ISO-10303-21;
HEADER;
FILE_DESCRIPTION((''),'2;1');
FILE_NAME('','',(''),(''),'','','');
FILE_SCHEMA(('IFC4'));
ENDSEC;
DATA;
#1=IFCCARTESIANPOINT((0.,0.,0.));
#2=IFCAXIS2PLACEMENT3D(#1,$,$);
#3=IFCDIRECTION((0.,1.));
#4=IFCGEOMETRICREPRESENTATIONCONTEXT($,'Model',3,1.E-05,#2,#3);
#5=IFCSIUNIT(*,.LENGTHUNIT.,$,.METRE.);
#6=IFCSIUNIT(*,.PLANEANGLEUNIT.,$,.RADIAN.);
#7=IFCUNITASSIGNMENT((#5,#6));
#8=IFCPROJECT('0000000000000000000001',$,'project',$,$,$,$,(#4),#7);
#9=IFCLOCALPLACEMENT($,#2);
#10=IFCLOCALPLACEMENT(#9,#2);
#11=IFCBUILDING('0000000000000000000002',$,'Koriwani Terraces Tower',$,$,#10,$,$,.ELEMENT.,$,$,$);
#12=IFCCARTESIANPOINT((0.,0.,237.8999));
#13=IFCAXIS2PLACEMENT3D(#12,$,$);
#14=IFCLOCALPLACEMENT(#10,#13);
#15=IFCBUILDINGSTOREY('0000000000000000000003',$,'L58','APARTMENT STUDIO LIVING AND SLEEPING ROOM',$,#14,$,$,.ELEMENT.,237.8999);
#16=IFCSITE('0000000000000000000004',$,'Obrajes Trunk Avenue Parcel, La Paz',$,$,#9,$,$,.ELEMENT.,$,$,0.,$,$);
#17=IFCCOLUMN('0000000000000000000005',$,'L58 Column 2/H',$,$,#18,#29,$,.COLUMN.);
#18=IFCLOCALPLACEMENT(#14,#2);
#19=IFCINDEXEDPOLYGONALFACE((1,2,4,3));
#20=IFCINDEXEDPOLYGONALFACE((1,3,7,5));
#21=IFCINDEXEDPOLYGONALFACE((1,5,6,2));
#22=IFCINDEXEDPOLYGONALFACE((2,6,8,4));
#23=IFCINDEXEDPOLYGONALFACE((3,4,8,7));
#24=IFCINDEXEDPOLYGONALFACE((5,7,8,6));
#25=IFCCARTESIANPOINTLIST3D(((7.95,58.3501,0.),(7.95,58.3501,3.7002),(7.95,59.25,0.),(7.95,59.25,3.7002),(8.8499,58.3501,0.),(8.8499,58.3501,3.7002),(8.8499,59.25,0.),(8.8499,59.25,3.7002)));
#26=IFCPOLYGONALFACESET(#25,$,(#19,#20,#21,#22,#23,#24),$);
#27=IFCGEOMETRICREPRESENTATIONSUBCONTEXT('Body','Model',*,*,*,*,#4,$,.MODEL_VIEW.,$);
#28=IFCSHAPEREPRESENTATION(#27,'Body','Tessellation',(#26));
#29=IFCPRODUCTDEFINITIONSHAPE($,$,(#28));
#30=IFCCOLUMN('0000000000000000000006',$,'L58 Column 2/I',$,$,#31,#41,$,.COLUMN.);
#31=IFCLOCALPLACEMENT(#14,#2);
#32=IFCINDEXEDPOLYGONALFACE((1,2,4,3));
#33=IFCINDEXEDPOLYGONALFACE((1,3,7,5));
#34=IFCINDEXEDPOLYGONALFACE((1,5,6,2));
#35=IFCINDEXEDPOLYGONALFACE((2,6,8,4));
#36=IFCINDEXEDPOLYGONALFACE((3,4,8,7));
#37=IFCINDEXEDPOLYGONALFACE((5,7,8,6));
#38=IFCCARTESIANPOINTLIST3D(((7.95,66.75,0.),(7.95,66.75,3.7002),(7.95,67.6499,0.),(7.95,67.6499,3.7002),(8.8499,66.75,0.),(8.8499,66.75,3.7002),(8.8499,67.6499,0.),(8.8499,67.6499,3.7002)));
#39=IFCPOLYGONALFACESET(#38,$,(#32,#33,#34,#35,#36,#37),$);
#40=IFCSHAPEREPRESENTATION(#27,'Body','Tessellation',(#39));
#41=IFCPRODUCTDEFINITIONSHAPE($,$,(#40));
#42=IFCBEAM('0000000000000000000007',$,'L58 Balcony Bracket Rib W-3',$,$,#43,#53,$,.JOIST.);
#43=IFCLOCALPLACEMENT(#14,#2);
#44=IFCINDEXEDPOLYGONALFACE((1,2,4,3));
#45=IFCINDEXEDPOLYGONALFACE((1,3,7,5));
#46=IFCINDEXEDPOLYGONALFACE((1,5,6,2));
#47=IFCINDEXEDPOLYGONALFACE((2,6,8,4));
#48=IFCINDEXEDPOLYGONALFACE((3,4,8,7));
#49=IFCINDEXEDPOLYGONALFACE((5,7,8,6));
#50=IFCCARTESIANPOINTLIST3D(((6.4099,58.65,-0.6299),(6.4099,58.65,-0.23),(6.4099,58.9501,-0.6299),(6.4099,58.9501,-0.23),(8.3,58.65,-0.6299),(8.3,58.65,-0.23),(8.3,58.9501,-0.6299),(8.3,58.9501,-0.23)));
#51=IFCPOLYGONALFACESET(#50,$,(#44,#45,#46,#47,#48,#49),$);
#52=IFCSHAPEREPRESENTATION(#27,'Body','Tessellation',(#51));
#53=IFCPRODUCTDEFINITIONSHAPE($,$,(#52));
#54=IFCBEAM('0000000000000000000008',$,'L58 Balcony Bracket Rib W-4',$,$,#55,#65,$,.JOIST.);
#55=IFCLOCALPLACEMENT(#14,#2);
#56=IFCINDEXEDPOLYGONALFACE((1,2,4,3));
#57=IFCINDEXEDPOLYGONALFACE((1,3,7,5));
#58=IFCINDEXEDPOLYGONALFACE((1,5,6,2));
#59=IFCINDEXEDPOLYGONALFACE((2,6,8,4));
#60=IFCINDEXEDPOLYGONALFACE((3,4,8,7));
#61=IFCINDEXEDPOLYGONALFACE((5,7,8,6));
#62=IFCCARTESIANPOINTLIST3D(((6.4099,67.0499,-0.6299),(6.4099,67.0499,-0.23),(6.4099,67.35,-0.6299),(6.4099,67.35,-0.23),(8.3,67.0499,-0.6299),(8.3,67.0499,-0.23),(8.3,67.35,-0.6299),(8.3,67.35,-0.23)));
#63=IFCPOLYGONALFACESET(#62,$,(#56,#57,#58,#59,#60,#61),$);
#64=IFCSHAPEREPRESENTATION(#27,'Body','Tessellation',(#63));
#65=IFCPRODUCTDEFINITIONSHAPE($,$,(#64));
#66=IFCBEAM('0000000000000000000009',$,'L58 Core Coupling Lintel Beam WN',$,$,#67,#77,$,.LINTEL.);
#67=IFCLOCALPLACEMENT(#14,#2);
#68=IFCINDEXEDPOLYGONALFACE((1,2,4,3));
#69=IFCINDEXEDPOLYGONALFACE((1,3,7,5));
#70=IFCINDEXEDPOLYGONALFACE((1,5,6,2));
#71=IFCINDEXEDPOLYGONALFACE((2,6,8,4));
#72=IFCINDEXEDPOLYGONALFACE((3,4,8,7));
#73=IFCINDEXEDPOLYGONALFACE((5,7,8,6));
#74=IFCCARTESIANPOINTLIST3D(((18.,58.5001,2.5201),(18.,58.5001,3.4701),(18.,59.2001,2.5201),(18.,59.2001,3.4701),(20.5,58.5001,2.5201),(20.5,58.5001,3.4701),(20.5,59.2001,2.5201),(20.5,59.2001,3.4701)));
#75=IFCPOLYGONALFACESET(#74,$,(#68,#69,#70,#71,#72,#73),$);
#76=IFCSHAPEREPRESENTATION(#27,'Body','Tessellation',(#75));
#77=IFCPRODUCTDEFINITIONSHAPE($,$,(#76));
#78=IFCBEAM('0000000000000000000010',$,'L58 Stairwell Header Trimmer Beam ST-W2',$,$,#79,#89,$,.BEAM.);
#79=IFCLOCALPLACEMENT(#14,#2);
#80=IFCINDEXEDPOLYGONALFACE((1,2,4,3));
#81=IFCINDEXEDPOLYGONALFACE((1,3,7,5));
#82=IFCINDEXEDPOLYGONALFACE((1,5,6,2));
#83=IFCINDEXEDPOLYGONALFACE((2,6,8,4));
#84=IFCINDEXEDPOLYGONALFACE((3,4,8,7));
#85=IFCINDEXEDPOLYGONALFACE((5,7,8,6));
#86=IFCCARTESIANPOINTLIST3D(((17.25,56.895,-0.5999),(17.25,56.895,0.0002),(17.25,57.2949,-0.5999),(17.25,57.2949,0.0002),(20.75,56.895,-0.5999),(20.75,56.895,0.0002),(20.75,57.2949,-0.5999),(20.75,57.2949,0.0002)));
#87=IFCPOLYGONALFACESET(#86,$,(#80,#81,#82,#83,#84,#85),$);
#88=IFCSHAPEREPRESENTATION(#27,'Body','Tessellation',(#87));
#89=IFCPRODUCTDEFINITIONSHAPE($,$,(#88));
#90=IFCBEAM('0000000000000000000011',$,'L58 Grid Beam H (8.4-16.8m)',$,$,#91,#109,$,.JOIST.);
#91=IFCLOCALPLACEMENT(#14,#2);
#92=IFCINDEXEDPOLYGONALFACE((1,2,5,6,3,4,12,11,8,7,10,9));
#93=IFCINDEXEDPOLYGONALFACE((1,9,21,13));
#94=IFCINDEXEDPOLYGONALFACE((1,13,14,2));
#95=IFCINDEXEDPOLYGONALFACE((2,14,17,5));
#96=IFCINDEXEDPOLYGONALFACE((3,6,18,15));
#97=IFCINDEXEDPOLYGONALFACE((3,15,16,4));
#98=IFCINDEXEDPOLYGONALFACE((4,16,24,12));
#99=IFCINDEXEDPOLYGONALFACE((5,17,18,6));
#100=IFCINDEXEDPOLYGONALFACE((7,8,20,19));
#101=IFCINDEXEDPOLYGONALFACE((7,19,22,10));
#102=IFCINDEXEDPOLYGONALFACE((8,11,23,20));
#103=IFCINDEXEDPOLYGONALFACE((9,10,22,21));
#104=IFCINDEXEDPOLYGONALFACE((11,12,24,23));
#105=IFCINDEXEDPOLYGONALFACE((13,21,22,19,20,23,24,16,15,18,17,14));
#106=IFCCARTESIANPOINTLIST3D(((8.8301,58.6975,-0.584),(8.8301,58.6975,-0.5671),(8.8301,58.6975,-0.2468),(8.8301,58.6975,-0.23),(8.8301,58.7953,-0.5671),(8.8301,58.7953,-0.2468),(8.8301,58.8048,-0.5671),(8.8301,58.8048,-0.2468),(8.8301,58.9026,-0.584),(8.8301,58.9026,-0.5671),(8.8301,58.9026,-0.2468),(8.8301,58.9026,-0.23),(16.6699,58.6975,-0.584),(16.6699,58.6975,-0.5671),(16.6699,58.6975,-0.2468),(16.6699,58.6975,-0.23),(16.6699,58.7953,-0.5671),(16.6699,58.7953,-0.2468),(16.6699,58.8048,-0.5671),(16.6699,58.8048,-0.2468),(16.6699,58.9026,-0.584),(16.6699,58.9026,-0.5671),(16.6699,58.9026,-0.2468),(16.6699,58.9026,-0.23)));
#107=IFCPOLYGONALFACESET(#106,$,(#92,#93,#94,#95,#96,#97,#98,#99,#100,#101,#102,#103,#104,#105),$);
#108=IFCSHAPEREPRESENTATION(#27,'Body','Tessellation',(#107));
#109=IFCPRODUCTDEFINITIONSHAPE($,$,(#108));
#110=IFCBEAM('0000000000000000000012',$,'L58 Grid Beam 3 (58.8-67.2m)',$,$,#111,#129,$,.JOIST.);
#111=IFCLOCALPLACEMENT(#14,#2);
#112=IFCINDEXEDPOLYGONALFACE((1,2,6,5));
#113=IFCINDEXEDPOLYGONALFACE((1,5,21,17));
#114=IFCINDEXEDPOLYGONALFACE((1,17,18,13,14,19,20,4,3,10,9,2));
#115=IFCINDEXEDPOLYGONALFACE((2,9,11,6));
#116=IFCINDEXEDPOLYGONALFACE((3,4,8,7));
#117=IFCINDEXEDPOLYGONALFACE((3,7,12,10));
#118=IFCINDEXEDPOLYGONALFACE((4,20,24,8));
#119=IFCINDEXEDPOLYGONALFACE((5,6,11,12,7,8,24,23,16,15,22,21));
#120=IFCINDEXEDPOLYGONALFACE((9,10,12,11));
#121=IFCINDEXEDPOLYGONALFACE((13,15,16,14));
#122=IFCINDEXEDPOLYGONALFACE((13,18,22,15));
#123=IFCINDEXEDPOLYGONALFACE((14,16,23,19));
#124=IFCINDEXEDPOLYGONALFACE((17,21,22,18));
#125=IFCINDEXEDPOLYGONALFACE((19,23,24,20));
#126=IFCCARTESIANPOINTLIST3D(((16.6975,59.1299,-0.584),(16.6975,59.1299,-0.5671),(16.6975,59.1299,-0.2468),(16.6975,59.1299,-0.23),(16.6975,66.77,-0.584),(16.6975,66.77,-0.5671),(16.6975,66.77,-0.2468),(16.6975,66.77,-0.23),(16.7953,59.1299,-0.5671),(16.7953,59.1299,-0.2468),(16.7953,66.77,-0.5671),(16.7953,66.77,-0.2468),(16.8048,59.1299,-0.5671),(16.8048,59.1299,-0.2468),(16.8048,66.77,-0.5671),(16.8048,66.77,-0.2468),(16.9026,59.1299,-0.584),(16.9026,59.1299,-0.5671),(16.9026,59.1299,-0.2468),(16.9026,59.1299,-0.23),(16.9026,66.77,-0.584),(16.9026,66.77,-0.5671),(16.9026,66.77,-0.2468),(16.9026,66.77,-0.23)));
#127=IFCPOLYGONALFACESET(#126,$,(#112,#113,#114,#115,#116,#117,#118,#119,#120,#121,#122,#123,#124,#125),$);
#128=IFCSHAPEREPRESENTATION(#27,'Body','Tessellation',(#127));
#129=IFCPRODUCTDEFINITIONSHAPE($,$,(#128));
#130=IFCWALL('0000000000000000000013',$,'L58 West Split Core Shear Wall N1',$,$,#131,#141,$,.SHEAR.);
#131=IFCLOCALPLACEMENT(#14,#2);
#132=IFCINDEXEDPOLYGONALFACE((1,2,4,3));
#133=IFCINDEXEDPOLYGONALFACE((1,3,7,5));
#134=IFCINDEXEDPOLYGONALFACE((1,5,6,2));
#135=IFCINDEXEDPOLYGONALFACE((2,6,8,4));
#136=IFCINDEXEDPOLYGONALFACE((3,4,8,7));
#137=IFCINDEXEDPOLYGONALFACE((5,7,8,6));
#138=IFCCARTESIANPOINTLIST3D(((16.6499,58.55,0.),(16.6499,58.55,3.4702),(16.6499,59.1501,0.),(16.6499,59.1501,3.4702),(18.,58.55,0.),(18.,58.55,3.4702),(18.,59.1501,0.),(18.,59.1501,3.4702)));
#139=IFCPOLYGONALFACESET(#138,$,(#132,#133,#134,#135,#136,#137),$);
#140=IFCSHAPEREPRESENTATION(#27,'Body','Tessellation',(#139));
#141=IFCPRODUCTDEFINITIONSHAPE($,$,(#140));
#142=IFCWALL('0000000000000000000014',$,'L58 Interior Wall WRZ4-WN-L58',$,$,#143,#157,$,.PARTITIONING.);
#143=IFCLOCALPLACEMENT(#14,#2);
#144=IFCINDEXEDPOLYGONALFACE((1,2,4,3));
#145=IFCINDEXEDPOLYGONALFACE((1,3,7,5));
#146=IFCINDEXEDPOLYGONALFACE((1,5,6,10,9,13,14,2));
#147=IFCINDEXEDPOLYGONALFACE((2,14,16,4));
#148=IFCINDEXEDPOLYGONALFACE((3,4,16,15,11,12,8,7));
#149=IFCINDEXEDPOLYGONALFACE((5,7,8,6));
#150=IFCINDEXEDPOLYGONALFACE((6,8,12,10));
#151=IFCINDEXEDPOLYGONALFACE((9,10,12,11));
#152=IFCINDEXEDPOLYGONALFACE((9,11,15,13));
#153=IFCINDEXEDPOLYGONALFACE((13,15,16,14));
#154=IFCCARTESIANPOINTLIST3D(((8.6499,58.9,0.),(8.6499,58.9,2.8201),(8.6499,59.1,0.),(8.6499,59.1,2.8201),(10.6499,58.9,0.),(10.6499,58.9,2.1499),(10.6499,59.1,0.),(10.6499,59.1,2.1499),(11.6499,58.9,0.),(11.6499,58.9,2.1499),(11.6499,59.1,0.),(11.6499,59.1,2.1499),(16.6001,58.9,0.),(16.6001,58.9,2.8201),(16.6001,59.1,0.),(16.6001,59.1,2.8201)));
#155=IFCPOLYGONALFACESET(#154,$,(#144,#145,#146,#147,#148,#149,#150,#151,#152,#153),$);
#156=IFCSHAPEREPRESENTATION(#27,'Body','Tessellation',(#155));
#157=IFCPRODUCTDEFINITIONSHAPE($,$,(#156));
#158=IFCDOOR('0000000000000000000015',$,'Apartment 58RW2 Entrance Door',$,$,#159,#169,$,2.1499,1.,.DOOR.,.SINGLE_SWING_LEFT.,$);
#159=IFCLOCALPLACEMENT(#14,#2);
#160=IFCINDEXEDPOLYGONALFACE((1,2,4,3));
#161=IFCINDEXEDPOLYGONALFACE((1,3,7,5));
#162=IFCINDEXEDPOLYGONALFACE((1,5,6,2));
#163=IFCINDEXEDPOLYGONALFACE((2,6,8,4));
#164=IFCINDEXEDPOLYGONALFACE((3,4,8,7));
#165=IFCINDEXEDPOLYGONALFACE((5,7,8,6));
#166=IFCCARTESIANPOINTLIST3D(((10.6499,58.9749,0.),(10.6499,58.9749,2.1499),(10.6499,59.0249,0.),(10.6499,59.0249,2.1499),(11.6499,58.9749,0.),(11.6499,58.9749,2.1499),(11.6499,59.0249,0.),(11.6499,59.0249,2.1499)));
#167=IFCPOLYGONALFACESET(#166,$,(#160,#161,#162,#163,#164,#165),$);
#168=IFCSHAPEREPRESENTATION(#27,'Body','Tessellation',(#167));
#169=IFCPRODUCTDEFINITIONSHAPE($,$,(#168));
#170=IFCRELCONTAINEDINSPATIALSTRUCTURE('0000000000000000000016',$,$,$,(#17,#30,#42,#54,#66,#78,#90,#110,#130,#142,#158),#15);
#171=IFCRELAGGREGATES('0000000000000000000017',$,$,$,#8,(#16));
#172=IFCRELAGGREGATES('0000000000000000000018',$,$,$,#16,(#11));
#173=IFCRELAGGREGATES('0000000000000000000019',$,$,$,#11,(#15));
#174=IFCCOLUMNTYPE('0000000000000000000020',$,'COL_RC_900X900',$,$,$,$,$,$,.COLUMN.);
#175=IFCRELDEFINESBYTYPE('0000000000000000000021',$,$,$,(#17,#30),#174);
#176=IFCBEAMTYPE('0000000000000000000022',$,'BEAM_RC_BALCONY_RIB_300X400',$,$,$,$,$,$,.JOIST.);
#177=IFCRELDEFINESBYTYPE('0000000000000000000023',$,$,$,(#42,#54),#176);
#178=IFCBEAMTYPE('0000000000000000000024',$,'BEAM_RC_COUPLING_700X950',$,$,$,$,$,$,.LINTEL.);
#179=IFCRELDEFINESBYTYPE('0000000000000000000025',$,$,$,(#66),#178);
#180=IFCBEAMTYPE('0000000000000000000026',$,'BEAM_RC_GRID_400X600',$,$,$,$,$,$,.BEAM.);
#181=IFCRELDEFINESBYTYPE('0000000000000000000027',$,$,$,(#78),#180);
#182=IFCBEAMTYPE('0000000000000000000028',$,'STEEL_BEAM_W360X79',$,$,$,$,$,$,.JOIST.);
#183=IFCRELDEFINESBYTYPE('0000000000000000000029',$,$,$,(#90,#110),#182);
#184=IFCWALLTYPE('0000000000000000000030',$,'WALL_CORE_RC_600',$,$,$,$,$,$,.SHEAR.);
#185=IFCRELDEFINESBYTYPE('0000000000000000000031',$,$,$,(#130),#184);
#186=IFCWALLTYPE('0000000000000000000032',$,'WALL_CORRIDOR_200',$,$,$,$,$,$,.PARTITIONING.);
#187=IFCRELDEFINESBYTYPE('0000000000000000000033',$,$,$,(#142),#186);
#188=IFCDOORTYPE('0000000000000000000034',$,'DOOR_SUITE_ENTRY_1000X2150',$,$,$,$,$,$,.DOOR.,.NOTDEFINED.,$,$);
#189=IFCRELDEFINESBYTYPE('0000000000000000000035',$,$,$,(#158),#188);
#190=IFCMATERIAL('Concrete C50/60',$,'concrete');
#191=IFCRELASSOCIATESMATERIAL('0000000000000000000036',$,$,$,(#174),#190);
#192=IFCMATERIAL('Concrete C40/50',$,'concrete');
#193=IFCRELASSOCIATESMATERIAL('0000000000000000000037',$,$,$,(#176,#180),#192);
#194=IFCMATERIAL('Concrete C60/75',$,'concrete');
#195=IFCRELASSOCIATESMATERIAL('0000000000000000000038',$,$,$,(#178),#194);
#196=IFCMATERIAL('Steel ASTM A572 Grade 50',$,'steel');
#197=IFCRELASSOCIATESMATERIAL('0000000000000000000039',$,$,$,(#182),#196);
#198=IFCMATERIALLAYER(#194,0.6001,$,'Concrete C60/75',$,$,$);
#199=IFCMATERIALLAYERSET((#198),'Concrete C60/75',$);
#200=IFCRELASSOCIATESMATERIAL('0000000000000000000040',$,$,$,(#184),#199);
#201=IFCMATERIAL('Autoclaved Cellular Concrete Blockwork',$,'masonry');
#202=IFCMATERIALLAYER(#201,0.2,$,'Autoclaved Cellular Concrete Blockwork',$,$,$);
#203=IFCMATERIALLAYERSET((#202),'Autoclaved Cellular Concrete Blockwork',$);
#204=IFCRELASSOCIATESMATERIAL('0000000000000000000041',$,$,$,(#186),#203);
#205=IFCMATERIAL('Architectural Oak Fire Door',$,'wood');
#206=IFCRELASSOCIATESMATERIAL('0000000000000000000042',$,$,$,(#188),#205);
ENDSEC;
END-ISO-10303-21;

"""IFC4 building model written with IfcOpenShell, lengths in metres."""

from ifc_helpers import new_model, si_unit, direction, frame, frame_2d, origin, origin_2d, place, context, subcontext, project, spatial, rectangle, i_section, extrude, material, layer, layer_set, material_profile, profile_set, type_object, element, fill, save


model = new_model("IFC4")

# Units and contexts
model_context = context("Model", 3, precision=1e-05, world=origin(), true_north=direction((0.0, 1.0)))
body_context = subcontext(model_context, "Body", "Model", "MODEL_VIEW")
ifc_project = project(units=[si_unit("LENGTHUNIT", "METRE"), si_unit("PLANEANGLEUNIT", "RADIAN")], contexts=[model_context])

# Site, building, storey
site_placement = place(None, origin())
site = spatial("IfcSite", under=ifc_project, at=site_placement, Name="Obrajes Trunk Avenue Parcel, La Paz", CompositionType="ELEMENT", RefElevation=0.0)
building_placement = place(site_placement, origin())
building = spatial("IfcBuilding", under=site, at=building_placement, Name="Koriwani Terraces Tower", CompositionType="ELEMENT")
storey_placement = place(building_placement, frame((0.0, 0.0, 237.8999)))
storey = spatial("IfcBuildingStorey", under=building, at=storey_placement, Name="L58", Description="APARTMENT STUDIO LIVING AND SLEEPING ROOM", CompositionType="ELEMENT", Elevation=237.8999)

# Columns
ifc_material_1 = material(Name="Concrete C50/60", Category="concrete")
ifc_material_profile_1 = material_profile(ifc_material_1, rectangle(XDim=0.8999, YDim=0.8999, at=origin_2d()), Name="Concrete C50/60", Category="LoadBearing")
ifc_profile_set_1 = profile_set([ifc_material_profile_1], Name="Concrete C50/60")
column_type = type_object("IfcColumnType", Name="COL_RC_900X900", PredefinedType="COLUMN", material=ifc_profile_set_1)
for number, where, z_axis, x_axis, name in (
    (1, (8.3999, 58.8, 0.0), (0.0, 0.0, 1.0), (1.0, 0.0, 0.0), "L58 Column 2/H"),
    (2, (8.3999, 67.2, 0.0), (0.0, 0.0, 1.0), (1.0, 0.0, 0.0), "L58 Column 2/I"),
):
    element("IfcColumn", number, at=place(storey_placement, frame(where, z_axis=z_axis, x_axis=x_axis)), inside=storey, type_object=column_type, Name=name, PredefinedType="COLUMN", context=body_context, shape_type="SweptSolid", body=[
        extrude(rectangle(XDim=0.8999, YDim=0.8999, at=origin_2d()), origin(), (0.0, 0.0, 1.0), 3.7002),
    ])

# Beams
ifc_material_2 = material(Name="Concrete C40/50", Category="concrete")
ifc_material_profile_2 = material_profile(ifc_material_2, rectangle(XDim=0.3, YDim=0.3999, at=origin_2d()), Name="Concrete C40/50", Category="LoadBearing")
ifc_profile_set_2 = profile_set([ifc_material_profile_2], Name="Concrete C40/50")
beam_type_1 = type_object("IfcBeamType", Name="BEAM_RC_BALCONY_RIB_300X400", PredefinedType="JOIST", material=ifc_profile_set_2)
for number, where, z_axis, x_axis, name in (
    (3, (6.4099, 58.8, -0.4299), (1.0, 0.0, 0.0), (0.0, 1.0, 0.0), "L58 Balcony Bracket Rib W-3"),
    (4, (6.4099, 67.2, -0.4299), (1.0, 0.0, 0.0), (0.0, 1.0, 0.0), "L58 Balcony Bracket Rib W-4"),
):
    element("IfcBeam", number, at=place(storey_placement, frame(where, z_axis=z_axis, x_axis=x_axis)), inside=storey, type_object=beam_type_1, Name=name, PredefinedType="JOIST", context=body_context, shape_type="SweptSolid", body=[
        extrude(rectangle(XDim=0.3, YDim=0.3999, at=origin_2d()), origin(), (0.0, 0.0, 1.0), 1.8901),
    ])
ifc_material_3 = material(Name="Concrete C60/75", Category="concrete")
ifc_material_profile_3 = material_profile(ifc_material_3, rectangle(XDim=0.7, YDim=0.95, at=origin_2d()), Name="Concrete C60/75", Category="LoadBearing")
ifc_profile_set_3 = profile_set([ifc_material_profile_3], Name="Concrete C60/75")
beam_type_2 = type_object("IfcBeamType", Name="BEAM_RC_COUPLING_700X950", PredefinedType="LINTEL", material=ifc_profile_set_3)
beam_1_placement = place(storey_placement, frame((18.0, 58.8501, 2.9951), z_axis=(1.0, 0.0, 0.0), x_axis=(0.0, 1.0, 0.0)))
element("IfcBeam", 5, at=beam_1_placement, inside=storey, type_object=beam_type_2, Name="L58 Core Coupling Lintel Beam WN", PredefinedType="LINTEL", context=body_context, shape_type="SweptSolid", body=[
    extrude(rectangle(XDim=0.7, YDim=0.95, at=origin_2d()), origin(), (0.0, 0.0, 1.0), 2.5),
])
ifc_material_profile_4 = material_profile(ifc_material_2, rectangle(XDim=0.3999, YDim=0.6001, at=origin_2d()), Name="Concrete C40/50", Category="LoadBearing")
ifc_profile_set_4 = profile_set([ifc_material_profile_4], Name="Concrete C40/50")
beam_type_3 = type_object("IfcBeamType", Name="BEAM_RC_GRID_400X600", PredefinedType="BEAM", material=ifc_profile_set_4)
beam_2_placement = place(storey_placement, frame((17.25, 57.095, -0.2998), z_axis=(1.0, 0.0, 0.0), x_axis=(0.0, 1.0, 0.0)))
element("IfcBeam", 6, at=beam_2_placement, inside=storey, type_object=beam_type_3, Name="L58 Stairwell Header Trimmer Beam ST-W2", PredefinedType="BEAM", context=body_context, shape_type="SweptSolid", body=[
    extrude(rectangle(XDim=0.3999, YDim=0.6001, at=origin_2d()), origin(), (0.0, 0.0, 1.0), 3.5),
])
ifc_material_4 = material(Name="Steel ASTM A572 Grade 50", Category="steel")
ifc_material_profile_5 = material_profile(ifc_material_4, i_section(OverallWidth=0.2051, OverallDepth=0.354, WebThickness=0.0095, FlangeThickness=0.0168, at=origin_2d()), Name="Steel ASTM A572 Grade 50", Category="LoadBearing")
ifc_profile_set_5 = profile_set([ifc_material_profile_5], Name="Steel ASTM A572 Grade 50")
beam_type_4 = type_object("IfcBeamType", Name="STEEL_BEAM_W360X79", PredefinedType="JOIST", material=ifc_profile_set_5)
beam_3_placement = place(storey_placement, frame((8.8301, 58.8, -0.407), z_axis=(1.0, 0.0, 0.0), x_axis=(0.0, 1.0, 0.0)))
element("IfcBeam", 7, at=beam_3_placement, inside=storey, type_object=beam_type_4, Name="L58 Grid Beam H (8.4-16.8m)", PredefinedType="JOIST", context=body_context, shape_type="SweptSolid", body=[
    extrude(i_section(OverallWidth=0.2051, OverallDepth=0.354, WebThickness=0.0095, FlangeThickness=0.0168, at=origin_2d()), origin(), (0.0, 0.0, 1.0), 7.8398),
])
beam_4_placement = place(storey_placement, frame((16.8, 59.1299, -0.407), z_axis=(0.0, 1.0, 0.0), x_axis=(-1.0, 0.0, 0.0)))
element("IfcBeam", 8, at=beam_4_placement, inside=storey, type_object=beam_type_4, Name="L58 Grid Beam 3 (58.8-67.2m)", PredefinedType="JOIST", context=body_context, shape_type="SweptSolid", body=[
    extrude(i_section(OverallWidth=0.2051, OverallDepth=0.354, WebThickness=0.0095, FlangeThickness=0.0168, at=origin_2d()), origin(), (0.0, 0.0, 1.0), 7.6401),
])

# Wall
ifc_layer_1 = layer(ifc_material_3, 0.6001, Name="Concrete C60/75")
ifc_layer_set_1 = layer_set([ifc_layer_1], Name="Concrete C60/75")
wall_type_1 = type_object("IfcWallType", Name="WALL_CORE_RC_600", PredefinedType="SHEAR", material=ifc_layer_set_1)
wall_1_placement = place(storey_placement, frame((16.6499, 58.8501, 0.0), z_axis=(0.0, 0.0, 1.0), x_axis=(1.0, 0.0, 0.0)))
element("IfcWall", 9, at=wall_1_placement, inside=storey, type_object=wall_type_1, Name="L58 West Split Core Shear Wall N1", PredefinedType="SHEAR", context=body_context, shape_type="SweptSolid", body=[
    extrude(rectangle(XDim=1.3501, YDim=0.6001, at=frame_2d((0.675, 0.0))), origin(), (0.0, 0.0, 1.0), 3.4702),
])

# Wall, opening, door
ifc_material_5 = material(Name="Autoclaved Cellular Concrete Blockwork", Category="masonry")
ifc_layer_2 = layer(ifc_material_5, 0.2, Name="Autoclaved Cellular Concrete Blockwork")
ifc_layer_set_2 = layer_set([ifc_layer_2], Name="Autoclaved Cellular Concrete Blockwork")
wall_type_2 = type_object("IfcWallType", Name="WALL_CORRIDOR_200", PredefinedType="PARTITIONING", material=ifc_layer_set_2)
wall_2_placement = place(storey_placement, frame((8.6499, 59.0, 0.0), z_axis=(0.0, 0.0, 1.0), x_axis=(1.0, 0.0, 0.0)))
wall_2 = element("IfcWall", 10, at=wall_2_placement, inside=storey, type_object=wall_type_2, Name="L58 Interior Wall WRZ4-WN-L58", PredefinedType="PARTITIONING", context=body_context, shape_type="SweptSolid", body=[
    extrude(rectangle(XDim=7.9502, YDim=0.2, at=frame_2d((3.9751, 0.0))), origin(), (0.0, 0.0, 1.0), 2.8201),
])
opening_1_placement = place(wall_2_placement, frame((2.0, 0.0, 0.0)))
opening_1 = element("IfcOpeningElement", 11, at=opening_1_placement, cuts=wall_2, PredefinedType="OPENING", context=body_context, shape_type="SweptSolid", body=[
    extrude(rectangle(XDim=1.0, YDim=2.1499, at=frame_2d((0.5, 1.075))), frame((0.0, 0.1099, 0.0), z_axis=(0.0, -1.0, 0.0), x_axis=(1.0, 0.0, 0.0)), (0.0, 0.0, 1.0), 0.22),
])
ifc_material_6 = material(Name="Architectural Oak Fire Door", Category="wood")
door_type_1 = type_object("IfcDoorType", Name="DOOR_SUITE_ENTRY_1000X2150", OperationType="NOTDEFINED", PredefinedType="DOOR", material=ifc_material_6)
door_1_placement = place(opening_1_placement, origin())
door_1 = element("IfcDoor", 12, at=door_1_placement, inside=storey, type_object=door_type_1, Name="Apartment 58RW2 Entrance Door", OperationType="SINGLE_SWING_LEFT", OverallHeight=2.1499, OverallWidth=1.0, PredefinedType="DOOR", context=body_context, shape_type="SweptSolid", body=[
    extrude(rectangle(XDim=1.0, YDim=2.1499, at=frame_2d((0.5, 1.075))), frame((0.0, 0.0249, 0.0), z_axis=(0.0, -1.0, 0.0), x_axis=(1.0, 0.0, 0.0)), (0.0, 0.0, 1.0), 0.05),
])
fill(opening_1, door_1)

save(model, "model.ifc")
